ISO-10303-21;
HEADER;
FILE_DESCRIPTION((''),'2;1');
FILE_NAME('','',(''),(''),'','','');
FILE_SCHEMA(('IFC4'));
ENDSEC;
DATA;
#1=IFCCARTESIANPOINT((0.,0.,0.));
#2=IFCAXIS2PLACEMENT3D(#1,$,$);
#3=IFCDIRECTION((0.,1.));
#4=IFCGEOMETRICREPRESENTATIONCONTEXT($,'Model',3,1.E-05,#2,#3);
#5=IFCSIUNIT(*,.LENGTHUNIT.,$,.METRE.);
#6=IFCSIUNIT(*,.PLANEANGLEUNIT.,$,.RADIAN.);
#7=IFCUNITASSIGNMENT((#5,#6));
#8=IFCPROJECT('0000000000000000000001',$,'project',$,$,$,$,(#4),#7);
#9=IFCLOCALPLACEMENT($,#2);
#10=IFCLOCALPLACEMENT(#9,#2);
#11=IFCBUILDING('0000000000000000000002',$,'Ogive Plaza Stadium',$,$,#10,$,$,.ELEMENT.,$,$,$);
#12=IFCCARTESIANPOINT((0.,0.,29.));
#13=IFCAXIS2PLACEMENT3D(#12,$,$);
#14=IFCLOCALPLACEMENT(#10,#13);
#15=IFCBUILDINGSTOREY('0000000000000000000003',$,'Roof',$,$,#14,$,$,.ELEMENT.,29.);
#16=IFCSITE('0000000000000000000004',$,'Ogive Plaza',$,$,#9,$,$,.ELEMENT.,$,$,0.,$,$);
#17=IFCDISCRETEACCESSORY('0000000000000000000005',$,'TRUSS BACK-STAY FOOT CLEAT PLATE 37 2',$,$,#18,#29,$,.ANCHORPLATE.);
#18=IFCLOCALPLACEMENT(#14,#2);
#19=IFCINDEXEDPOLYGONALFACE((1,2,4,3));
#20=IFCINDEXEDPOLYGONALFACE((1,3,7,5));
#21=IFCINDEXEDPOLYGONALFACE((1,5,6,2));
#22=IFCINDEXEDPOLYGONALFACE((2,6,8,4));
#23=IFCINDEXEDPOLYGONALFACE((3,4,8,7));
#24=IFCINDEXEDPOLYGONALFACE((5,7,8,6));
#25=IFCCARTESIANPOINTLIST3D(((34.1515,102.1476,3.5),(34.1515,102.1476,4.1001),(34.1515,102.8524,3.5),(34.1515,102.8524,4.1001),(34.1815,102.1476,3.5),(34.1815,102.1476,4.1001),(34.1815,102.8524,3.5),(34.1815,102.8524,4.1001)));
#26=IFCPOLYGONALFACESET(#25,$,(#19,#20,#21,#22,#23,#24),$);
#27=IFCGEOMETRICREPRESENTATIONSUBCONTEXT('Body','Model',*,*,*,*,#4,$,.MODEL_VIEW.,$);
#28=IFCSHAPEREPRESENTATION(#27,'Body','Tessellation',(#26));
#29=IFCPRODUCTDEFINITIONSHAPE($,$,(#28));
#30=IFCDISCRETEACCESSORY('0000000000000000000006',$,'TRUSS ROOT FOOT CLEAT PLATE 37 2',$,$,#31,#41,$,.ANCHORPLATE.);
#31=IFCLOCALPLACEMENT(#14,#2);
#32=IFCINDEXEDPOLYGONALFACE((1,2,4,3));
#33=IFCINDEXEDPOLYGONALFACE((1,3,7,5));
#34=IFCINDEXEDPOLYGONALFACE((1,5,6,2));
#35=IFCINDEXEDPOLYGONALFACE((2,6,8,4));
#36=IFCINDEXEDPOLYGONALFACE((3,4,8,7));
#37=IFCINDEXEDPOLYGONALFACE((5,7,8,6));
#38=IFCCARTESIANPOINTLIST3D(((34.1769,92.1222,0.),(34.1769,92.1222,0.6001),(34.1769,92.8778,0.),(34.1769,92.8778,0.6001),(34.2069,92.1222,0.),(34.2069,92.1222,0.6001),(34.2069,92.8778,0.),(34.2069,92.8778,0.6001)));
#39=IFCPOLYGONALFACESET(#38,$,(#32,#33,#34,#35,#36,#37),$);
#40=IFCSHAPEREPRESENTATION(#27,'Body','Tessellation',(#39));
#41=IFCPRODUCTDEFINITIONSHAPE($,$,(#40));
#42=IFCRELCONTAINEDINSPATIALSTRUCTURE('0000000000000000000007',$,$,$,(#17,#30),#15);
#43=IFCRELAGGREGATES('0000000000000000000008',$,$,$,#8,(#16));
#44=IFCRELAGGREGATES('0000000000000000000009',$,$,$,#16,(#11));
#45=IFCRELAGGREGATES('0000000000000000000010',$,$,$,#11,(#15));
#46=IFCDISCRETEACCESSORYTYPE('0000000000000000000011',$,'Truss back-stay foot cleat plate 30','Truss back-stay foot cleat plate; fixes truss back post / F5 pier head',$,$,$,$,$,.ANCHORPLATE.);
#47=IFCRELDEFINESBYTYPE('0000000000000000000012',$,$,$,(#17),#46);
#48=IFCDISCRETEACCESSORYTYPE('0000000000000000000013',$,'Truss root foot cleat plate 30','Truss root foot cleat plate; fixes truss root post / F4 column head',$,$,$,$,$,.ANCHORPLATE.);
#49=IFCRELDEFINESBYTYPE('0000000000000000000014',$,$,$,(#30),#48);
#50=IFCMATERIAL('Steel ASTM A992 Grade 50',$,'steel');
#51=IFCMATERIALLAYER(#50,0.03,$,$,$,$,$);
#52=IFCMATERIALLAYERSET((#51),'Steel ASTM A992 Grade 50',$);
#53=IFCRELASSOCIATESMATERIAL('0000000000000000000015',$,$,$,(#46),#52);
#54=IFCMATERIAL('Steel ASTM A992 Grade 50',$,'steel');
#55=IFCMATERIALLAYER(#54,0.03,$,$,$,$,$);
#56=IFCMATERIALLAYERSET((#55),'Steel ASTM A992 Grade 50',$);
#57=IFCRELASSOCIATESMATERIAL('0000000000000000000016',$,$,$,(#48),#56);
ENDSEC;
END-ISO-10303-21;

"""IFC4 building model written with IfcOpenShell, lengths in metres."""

from ifc_helpers import new_model, si_unit, direction, frame, origin, origin_2d, place, context, subcontext, project, spatial, rectangle, extrude, material, layer, layer_set, type_object, element, save


model = new_model("IFC4")

# Units and contexts
model_context = context("Model", 3, precision=1e-05, world=origin(), true_north=direction((0.0, 1.0)))
body_context = subcontext(model_context, "Body", "Model", "MODEL_VIEW")
ifc_project = project(units=[si_unit("LENGTHUNIT", "METRE"), si_unit("PLANEANGLEUNIT", "RADIAN")], contexts=[model_context])

# Site, building, storey
site_placement = place(None, origin())
site = spatial("IfcSite", under=ifc_project, at=site_placement, Name="Ogive Plaza", CompositionType="ELEMENT", RefElevation=0.0)
building_placement = place(site_placement, origin())
building = spatial("IfcBuilding", under=site, at=building_placement, Name="Ogive Plaza Stadium", CompositionType="ELEMENT")
storey_placement = place(building_placement, frame((0.0, 0.0, 29.0)))
storey = spatial("IfcBuildingStorey", under=building, at=storey_placement, Name="Roof", CompositionType="ELEMENT", Elevation=29.0)

# Discrete accessories
ifc_material_1 = material(Name="Steel ASTM A992 Grade 50", Category="steel")
ifc_layer_1 = layer(ifc_material_1, 0.03)
ifc_layer_set_1 = layer_set([ifc_layer_1], Name="Steel ASTM A992 Grade 50")
discrete_accessory_type_1 = type_object("IfcDiscreteAccessoryType", Name="Truss back-stay foot cleat plate 30", Description="Truss back-stay foot cleat plate; fixes truss back post / F5 pier head", PredefinedType="ANCHORPLATE", material=ifc_layer_set_1)
discrete_accessory_1_placement = place(storey_placement, frame((34.1665, 102.5, 3.5), z_axis=(0.0, 0.0, 1.0), x_axis=(0.0, 1.0, 0.0)))
element("IfcDiscreteAccessory", 1, at=discrete_accessory_1_placement, inside=storey, type_object=discrete_accessory_type_1, Name="TRUSS BACK-STAY FOOT CLEAT PLATE 37 2", PredefinedType="ANCHORPLATE", context=body_context, shape_type="SweptSolid", body=[
    extrude(rectangle(XDim=0.7048, YDim=0.03, at=origin_2d()), origin(), (0.0, 0.0, 1.0), 0.6001),
])
ifc_material_2 = material(Name="Steel ASTM A992 Grade 50", Category="steel")
ifc_layer_2 = layer(ifc_material_2, 0.03)
ifc_layer_set_2 = layer_set([ifc_layer_2], Name="Steel ASTM A992 Grade 50")
discrete_accessory_type_2 = type_object("IfcDiscreteAccessoryType", Name="Truss root foot cleat plate 30", Description="Truss root foot cleat plate; fixes truss root post / F4 column head", PredefinedType="ANCHORPLATE", material=ifc_layer_set_2)
discrete_accessory_2_placement = place(storey_placement, frame((34.1919, 92.5, 0.0), z_axis=(0.0, 0.0, 1.0), x_axis=(0.0, 1.0, 0.0)))
element("IfcDiscreteAccessory", 2, at=discrete_accessory_2_placement, inside=storey, type_object=discrete_accessory_type_2, Name="TRUSS ROOT FOOT CLEAT PLATE 37 2", PredefinedType="ANCHORPLATE", context=body_context, shape_type="SweptSolid", body=[
    extrude(rectangle(XDim=0.7556, YDim=0.03, at=origin_2d()), origin(), (0.0, 0.0, 1.0), 0.6001),
])

save(model, "model.ifc")
